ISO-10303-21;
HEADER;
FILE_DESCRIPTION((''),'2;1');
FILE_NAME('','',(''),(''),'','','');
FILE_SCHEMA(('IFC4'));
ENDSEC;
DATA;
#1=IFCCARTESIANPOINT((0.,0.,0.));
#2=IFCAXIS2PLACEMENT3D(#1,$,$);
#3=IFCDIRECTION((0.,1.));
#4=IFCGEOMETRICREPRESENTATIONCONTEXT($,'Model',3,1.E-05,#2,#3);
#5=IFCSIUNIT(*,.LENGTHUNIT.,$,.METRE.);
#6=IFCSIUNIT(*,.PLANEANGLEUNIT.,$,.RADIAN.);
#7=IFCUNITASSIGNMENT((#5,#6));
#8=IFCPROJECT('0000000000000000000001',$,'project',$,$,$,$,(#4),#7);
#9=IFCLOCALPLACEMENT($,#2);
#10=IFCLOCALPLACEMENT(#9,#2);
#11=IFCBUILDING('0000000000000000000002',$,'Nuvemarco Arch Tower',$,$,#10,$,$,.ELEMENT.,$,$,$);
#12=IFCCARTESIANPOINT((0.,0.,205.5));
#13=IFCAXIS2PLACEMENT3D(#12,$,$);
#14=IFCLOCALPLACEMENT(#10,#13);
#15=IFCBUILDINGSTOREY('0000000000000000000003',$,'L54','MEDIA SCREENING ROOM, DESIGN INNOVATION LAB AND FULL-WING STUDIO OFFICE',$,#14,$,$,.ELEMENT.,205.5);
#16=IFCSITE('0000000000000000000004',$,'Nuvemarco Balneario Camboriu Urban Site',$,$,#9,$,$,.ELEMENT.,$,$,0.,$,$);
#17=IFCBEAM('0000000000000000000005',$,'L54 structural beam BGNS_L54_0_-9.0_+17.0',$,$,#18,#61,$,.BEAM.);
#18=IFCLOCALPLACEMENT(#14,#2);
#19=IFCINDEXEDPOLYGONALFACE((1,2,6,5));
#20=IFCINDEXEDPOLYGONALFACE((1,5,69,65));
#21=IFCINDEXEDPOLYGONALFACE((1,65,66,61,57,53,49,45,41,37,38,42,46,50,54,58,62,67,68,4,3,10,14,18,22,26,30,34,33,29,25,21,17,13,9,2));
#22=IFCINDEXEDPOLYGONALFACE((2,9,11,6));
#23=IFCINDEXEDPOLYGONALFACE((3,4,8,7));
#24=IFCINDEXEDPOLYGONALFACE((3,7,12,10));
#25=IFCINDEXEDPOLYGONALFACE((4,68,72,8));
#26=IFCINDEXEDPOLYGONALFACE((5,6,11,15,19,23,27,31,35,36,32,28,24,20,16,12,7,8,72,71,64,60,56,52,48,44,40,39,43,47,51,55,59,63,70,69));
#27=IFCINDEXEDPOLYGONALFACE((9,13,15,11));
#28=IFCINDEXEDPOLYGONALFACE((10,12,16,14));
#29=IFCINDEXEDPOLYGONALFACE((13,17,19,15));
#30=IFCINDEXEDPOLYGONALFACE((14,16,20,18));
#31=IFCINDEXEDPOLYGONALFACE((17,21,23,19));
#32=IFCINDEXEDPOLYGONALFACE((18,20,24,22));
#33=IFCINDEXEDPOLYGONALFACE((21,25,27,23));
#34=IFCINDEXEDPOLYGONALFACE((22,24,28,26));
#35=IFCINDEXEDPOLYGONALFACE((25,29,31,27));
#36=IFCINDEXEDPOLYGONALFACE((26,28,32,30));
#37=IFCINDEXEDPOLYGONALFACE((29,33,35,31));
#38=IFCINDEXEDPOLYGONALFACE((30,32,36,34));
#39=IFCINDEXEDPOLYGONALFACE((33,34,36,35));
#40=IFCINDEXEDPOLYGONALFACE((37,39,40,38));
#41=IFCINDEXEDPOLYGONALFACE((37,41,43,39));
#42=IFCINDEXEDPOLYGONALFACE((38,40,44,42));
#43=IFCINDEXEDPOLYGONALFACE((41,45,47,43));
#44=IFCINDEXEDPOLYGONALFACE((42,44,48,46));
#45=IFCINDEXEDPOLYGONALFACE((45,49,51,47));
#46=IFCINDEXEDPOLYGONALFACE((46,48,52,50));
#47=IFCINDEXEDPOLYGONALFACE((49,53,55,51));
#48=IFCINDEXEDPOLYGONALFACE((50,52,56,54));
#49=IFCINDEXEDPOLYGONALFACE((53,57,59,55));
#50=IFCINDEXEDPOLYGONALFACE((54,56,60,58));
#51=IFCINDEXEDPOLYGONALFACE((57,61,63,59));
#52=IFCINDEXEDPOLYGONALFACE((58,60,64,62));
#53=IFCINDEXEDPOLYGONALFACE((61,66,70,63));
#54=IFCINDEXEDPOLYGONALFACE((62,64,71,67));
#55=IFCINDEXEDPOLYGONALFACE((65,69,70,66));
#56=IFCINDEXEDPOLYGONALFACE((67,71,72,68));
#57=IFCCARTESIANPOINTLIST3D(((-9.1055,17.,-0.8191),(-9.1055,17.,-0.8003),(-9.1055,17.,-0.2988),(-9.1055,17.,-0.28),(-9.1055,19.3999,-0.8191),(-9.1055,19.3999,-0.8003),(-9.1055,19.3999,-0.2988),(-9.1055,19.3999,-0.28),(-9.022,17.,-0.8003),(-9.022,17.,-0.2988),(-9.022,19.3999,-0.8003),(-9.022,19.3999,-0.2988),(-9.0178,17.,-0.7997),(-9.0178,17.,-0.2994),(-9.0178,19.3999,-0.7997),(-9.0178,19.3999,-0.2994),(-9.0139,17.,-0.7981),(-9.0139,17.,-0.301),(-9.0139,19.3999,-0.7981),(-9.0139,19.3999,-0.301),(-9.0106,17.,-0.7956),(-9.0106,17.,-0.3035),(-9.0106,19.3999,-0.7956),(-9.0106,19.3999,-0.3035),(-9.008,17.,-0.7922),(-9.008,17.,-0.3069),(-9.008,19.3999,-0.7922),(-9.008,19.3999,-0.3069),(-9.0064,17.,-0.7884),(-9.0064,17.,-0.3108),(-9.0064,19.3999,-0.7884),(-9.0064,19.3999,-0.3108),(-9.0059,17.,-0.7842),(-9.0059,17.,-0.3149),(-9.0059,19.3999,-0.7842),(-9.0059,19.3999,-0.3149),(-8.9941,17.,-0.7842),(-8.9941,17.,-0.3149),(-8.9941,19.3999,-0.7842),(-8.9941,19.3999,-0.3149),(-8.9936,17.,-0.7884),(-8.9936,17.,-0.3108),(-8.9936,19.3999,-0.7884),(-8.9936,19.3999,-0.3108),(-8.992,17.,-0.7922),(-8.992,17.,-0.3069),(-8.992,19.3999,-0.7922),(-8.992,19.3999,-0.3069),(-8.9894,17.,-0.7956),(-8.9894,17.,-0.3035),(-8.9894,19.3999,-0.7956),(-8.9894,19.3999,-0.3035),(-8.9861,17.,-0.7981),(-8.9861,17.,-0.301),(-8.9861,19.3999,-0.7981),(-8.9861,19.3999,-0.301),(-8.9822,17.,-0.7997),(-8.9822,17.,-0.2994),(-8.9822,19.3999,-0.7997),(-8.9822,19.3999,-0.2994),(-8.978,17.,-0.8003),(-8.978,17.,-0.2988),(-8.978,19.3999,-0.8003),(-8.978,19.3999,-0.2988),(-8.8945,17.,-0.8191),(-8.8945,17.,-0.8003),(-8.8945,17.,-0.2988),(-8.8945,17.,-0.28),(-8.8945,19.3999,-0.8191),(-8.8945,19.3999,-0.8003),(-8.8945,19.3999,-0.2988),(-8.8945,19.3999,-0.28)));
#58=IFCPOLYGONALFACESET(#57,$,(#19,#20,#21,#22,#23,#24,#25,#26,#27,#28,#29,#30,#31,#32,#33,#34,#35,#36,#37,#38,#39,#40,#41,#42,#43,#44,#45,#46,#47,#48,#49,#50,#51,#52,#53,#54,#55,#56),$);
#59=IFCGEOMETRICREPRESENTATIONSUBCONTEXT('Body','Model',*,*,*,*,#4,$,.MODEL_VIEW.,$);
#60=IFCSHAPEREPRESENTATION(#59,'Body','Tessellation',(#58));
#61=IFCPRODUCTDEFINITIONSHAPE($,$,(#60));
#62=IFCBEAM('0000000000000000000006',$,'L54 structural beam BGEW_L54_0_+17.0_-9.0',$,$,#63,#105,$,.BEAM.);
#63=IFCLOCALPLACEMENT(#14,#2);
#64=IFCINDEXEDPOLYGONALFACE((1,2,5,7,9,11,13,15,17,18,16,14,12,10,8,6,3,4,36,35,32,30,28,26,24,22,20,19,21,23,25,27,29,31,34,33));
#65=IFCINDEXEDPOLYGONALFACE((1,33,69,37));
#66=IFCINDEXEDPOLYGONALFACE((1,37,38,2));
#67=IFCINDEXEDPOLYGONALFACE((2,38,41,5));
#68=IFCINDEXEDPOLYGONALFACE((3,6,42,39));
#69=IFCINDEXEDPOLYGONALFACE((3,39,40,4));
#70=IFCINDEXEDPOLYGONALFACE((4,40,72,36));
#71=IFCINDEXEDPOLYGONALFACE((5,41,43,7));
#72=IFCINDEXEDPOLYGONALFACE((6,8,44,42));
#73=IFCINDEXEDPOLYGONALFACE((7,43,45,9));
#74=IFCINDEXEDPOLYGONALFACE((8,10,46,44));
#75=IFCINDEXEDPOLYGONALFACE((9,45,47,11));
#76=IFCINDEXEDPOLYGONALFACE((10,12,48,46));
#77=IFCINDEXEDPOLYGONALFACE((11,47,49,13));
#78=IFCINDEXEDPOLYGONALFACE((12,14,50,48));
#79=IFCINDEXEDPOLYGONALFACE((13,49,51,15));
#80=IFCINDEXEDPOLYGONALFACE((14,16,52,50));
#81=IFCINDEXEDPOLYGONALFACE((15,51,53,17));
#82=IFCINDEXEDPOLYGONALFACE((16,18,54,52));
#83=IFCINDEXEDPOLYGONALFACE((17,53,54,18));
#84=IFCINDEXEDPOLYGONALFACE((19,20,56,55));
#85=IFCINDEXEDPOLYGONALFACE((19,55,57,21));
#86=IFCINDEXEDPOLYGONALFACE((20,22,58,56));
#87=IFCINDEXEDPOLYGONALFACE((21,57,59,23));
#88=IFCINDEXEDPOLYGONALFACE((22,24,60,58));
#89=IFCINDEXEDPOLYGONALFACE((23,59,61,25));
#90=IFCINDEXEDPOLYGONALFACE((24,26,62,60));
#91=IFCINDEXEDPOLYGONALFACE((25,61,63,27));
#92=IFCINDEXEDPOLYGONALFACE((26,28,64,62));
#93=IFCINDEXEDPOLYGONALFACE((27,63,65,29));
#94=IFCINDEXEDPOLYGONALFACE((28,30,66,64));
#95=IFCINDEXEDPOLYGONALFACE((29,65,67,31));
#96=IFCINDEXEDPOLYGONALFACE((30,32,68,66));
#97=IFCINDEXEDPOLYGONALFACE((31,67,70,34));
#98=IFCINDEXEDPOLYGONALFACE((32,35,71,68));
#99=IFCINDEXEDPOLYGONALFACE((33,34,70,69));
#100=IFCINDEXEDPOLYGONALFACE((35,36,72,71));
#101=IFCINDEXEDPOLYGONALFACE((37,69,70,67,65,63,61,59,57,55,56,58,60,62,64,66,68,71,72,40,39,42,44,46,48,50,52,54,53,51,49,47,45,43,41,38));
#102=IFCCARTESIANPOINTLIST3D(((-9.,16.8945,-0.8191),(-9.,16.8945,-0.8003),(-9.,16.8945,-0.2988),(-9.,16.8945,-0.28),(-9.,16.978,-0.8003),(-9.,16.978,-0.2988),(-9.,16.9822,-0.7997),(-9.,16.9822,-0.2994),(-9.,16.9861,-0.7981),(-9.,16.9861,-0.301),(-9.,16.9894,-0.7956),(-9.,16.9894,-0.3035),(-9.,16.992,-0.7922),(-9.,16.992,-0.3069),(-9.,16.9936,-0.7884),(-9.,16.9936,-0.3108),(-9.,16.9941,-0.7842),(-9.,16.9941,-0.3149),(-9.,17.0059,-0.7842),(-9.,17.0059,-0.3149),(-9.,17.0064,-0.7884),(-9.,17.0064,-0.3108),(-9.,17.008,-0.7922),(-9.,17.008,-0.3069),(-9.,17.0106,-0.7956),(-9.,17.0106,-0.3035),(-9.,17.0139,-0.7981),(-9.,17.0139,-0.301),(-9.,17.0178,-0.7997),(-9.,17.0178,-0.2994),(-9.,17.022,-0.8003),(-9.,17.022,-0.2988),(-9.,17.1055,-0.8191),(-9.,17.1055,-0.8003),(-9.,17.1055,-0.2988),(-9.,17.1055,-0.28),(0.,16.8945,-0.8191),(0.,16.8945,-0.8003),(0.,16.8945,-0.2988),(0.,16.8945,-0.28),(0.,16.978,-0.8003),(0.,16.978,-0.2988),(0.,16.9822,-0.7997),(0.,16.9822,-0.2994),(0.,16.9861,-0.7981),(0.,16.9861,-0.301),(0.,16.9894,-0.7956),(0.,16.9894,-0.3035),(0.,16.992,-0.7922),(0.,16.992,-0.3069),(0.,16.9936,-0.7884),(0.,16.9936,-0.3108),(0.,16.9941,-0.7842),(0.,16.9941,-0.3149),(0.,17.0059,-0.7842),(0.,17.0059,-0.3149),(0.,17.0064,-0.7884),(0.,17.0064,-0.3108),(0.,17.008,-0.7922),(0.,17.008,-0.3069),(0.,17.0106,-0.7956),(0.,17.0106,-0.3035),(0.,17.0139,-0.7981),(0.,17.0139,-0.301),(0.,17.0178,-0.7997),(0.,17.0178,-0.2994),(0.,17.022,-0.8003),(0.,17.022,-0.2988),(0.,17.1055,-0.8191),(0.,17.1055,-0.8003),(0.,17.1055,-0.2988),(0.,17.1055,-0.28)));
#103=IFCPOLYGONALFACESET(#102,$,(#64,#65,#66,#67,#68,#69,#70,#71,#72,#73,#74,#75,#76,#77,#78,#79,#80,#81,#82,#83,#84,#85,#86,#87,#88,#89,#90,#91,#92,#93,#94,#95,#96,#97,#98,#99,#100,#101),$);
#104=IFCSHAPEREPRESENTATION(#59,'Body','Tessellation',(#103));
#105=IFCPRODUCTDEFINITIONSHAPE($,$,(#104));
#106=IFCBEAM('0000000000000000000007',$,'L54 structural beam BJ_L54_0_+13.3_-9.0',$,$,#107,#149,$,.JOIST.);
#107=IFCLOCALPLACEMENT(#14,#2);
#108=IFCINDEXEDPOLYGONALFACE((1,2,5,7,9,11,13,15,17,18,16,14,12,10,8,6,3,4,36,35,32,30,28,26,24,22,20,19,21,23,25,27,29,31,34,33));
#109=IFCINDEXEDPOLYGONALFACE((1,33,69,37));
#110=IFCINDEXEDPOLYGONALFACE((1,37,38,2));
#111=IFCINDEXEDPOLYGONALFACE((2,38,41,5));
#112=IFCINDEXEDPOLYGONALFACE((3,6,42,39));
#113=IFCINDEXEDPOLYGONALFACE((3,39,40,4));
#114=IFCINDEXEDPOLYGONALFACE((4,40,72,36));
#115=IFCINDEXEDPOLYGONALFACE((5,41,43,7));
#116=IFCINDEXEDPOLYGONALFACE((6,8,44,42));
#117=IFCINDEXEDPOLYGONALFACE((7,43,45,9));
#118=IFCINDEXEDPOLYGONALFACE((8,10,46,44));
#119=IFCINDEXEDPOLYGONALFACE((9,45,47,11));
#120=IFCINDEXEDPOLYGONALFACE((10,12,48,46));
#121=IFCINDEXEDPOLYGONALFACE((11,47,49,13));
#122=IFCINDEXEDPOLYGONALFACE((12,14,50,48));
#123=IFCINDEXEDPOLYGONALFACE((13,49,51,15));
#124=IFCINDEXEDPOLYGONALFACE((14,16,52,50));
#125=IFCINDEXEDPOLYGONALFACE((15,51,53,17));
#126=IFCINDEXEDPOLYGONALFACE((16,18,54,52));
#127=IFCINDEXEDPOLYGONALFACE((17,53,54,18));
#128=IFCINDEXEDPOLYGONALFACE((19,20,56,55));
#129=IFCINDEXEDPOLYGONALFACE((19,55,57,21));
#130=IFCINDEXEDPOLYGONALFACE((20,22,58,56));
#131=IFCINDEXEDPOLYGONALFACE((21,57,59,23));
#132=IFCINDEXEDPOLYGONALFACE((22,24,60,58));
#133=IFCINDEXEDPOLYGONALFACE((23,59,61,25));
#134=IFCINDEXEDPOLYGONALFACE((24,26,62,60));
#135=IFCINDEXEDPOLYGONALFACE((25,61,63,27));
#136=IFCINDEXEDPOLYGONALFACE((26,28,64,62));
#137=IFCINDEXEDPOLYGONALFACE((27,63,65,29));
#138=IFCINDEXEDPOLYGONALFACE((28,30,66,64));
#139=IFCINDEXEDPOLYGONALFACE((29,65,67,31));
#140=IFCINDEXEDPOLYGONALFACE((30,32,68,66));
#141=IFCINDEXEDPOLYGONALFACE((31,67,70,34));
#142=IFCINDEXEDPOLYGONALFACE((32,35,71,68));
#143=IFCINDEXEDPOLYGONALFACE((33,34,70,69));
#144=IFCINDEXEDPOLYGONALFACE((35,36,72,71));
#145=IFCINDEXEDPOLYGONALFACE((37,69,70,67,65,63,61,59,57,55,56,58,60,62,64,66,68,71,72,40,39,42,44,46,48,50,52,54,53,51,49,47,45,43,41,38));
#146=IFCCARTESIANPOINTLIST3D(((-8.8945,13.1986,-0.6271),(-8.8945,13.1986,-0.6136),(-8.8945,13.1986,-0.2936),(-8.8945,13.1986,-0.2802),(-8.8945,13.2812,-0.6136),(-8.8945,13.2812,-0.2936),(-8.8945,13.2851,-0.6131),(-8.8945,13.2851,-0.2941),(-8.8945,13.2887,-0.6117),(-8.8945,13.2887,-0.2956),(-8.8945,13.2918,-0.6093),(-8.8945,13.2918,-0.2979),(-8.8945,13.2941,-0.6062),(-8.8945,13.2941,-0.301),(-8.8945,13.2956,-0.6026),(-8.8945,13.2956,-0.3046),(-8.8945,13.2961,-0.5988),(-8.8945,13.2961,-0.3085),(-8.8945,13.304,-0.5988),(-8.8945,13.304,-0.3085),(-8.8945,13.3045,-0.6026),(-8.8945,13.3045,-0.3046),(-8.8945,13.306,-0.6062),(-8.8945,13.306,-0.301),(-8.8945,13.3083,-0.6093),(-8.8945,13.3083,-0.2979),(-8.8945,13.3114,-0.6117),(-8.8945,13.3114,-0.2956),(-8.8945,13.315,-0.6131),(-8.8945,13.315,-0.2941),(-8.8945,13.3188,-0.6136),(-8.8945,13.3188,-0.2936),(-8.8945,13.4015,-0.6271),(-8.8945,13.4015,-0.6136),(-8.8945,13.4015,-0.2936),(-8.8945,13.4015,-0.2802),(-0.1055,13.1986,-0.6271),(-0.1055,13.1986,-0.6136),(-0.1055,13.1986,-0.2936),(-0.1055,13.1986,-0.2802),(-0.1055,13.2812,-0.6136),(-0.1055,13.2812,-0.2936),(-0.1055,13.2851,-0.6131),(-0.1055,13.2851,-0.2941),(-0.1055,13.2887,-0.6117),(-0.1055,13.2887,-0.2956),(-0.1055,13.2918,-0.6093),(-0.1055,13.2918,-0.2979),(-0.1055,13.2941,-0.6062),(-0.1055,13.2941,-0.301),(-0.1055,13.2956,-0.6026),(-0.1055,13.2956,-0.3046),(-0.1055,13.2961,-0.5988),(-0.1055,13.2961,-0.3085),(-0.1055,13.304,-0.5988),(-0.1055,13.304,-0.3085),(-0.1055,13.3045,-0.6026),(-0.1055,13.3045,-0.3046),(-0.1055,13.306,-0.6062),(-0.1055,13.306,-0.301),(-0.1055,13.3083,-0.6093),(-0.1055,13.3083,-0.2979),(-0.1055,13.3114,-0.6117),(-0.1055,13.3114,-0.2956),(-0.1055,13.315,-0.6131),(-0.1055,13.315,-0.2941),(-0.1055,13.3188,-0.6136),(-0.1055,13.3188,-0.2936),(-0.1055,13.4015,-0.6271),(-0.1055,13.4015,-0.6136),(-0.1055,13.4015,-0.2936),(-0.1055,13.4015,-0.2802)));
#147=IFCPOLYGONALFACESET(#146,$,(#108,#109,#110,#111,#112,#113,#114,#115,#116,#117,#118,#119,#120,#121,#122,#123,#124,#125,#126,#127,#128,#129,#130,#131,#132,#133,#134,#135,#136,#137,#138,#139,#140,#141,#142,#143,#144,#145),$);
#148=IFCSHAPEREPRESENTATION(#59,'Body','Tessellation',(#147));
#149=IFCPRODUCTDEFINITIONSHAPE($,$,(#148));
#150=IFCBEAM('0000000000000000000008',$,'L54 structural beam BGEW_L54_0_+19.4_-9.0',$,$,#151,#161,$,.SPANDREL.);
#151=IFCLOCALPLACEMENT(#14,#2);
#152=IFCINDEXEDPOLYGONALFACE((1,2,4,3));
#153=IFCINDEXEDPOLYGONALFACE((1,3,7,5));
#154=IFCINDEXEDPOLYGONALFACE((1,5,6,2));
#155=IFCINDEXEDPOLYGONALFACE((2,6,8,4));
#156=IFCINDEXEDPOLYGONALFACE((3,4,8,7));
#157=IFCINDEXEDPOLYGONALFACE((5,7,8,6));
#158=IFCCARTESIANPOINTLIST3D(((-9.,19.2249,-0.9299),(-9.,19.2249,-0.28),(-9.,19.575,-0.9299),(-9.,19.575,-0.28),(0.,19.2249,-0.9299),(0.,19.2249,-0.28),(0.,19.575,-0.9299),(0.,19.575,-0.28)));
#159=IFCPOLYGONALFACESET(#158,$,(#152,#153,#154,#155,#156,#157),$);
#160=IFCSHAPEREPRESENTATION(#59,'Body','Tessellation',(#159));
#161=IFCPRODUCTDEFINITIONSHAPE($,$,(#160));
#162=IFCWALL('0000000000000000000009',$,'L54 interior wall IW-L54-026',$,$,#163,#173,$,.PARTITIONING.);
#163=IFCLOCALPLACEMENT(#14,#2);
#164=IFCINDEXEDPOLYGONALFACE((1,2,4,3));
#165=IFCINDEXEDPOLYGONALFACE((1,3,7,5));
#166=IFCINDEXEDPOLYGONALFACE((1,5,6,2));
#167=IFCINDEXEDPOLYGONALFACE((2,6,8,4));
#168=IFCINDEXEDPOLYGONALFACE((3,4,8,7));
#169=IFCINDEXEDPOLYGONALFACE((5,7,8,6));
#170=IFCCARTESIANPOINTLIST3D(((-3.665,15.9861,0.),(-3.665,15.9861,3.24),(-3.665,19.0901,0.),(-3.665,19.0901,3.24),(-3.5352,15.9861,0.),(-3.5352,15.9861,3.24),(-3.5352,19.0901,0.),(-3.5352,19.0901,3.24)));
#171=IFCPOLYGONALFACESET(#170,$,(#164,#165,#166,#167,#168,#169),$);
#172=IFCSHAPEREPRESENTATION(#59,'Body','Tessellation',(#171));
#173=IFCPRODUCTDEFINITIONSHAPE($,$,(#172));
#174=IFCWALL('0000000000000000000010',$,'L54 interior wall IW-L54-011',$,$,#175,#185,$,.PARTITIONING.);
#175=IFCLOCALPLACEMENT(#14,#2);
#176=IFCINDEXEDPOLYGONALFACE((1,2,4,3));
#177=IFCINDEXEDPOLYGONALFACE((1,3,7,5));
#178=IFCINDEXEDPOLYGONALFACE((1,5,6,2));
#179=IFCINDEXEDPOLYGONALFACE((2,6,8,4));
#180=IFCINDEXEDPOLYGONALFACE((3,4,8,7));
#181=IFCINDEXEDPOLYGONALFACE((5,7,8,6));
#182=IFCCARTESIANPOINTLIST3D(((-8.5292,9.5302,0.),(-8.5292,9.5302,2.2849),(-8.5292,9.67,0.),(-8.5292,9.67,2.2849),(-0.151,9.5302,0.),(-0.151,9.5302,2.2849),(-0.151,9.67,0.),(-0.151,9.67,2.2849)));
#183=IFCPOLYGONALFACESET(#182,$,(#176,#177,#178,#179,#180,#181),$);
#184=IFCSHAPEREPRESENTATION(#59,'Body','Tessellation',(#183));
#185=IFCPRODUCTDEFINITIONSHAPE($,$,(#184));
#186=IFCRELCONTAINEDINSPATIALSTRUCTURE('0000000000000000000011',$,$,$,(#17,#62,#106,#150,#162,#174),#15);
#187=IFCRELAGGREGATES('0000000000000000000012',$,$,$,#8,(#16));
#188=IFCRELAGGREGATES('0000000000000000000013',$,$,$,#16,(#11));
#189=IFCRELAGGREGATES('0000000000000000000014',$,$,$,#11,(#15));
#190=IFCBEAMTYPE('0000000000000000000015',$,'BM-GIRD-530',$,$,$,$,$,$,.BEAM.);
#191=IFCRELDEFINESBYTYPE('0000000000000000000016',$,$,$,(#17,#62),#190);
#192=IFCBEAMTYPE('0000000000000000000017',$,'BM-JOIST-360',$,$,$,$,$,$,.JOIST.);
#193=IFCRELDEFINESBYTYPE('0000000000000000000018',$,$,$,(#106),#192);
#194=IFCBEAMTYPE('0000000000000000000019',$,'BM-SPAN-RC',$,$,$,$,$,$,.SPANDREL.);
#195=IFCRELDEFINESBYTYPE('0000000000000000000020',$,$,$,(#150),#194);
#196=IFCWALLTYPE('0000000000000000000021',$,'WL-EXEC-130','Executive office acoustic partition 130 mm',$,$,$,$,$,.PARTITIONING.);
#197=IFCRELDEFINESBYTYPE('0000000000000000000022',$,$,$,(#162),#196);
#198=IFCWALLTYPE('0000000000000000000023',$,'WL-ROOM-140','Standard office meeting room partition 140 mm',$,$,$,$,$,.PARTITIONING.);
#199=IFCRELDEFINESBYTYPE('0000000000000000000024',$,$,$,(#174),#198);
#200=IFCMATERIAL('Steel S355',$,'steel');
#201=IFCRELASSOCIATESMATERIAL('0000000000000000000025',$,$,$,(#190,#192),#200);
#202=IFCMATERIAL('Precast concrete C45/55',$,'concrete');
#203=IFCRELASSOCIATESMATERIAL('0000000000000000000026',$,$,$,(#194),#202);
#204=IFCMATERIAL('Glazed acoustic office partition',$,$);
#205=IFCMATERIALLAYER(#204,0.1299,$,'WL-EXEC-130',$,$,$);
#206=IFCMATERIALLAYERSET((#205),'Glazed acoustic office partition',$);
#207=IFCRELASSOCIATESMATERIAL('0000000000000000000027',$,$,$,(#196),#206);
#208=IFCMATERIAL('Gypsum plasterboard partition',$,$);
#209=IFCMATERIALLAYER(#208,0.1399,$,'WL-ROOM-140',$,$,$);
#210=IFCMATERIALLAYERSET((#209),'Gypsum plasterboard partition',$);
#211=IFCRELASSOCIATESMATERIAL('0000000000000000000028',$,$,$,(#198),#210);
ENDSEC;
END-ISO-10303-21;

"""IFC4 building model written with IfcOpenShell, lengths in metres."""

from ifc_helpers import new_model, si_unit, direction, frame, frame_2d, origin, origin_2d, place, context, subcontext, project, spatial, rectangle, i_section, extrude, material, layer, layer_set, material_profile, profile_set, type_object, element, save


model = new_model("IFC4")

# Units and contexts
model_context = context("Model", 3, precision=1e-05, world=origin(), true_north=direction((0.0, 1.0)))
body_context = subcontext(model_context, "Body", "Model", "MODEL_VIEW")
ifc_project = project(units=[si_unit("LENGTHUNIT", "METRE"), si_unit("PLANEANGLEUNIT", "RADIAN")], contexts=[model_context])

# Site, building, storey
site_placement = place(None, origin())
site = spatial("IfcSite", under=ifc_project, at=site_placement, Name="Nuvemarco Balneario Camboriu Urban Site", CompositionType="ELEMENT", RefElevation=0.0)
building_placement = place(site_placement, origin())
building = spatial("IfcBuilding", under=site, at=building_placement, Name="Nuvemarco Arch Tower", CompositionType="ELEMENT")
storey_placement = place(building_placement, frame((0.0, 0.0, 205.5)))
storey = spatial("IfcBuildingStorey", under=building, at=storey_placement, Name="L54", Description="MEDIA SCREENING ROOM, DESIGN INNOVATION LAB AND FULL-WING STUDIO OFFICE", CompositionType="ELEMENT", Elevation=205.5)

# Shared definitions
ifc_material_1 = material(Name="Steel S355", Category="steel")

# Beams
ifc_material_profile_1 = material_profile(ifc_material_1, i_section(OverallWidth=0.2109, OverallDepth=0.5391, WebThickness=0.0117, FlangeThickness=0.0188, FilletRadius=0.0161, at=origin_2d()), Name="W530x109")
ifc_profile_set_1 = profile_set([ifc_material_profile_1], Name="Steel S355")
beam_type_1 = type_object("IfcBeamType", Name="BM-GIRD-530", PredefinedType="BEAM", material=ifc_profile_set_1)
beam_1_placement = place(storey_placement, frame((-9.0, 17.0, -0.5496), z_axis=(0.0, 1.0, 0.0), x_axis=(-1.0, 0.0, 0.0)))
element("IfcBeam", 1, at=beam_1_placement, inside=storey, type_object=beam_type_1, Name="L54 structural beam BGNS_L54_0_-9.0_+17.0", PredefinedType="BEAM", context=body_context, shape_type="SweptSolid", body=[
    extrude(i_section(OverallWidth=0.2109, OverallDepth=0.5391, WebThickness=0.0117, FlangeThickness=0.0188, FilletRadius=0.0161, at=origin_2d()), origin(), (0.0, 0.0, 1.0), 2.3999),
])
beam_2_placement = place(storey_placement, frame((-9.0, 17.0, -0.5496), z_axis=(1.0, 0.0, 0.0), x_axis=(0.0, 1.0, 0.0)))
element("IfcBeam", 2, at=beam_2_placement, inside=storey, type_object=beam_type_1, Name="L54 structural beam BGEW_L54_0_+17.0_-9.0", PredefinedType="BEAM", context=body_context, shape_type="SweptSolid", body=[
    extrude(i_section(OverallWidth=0.2109, OverallDepth=0.5391, WebThickness=0.0117, FlangeThickness=0.0188, FilletRadius=0.0161, at=origin_2d()), origin(), (0.0, 0.0, 1.0), 9.0),
])
ifc_material_profile_2 = material_profile(ifc_material_1, i_section(OverallWidth=0.2029, OverallDepth=0.3469, WebThickness=0.0078, FlangeThickness=0.0134, FilletRadius=0.0149, at=origin_2d()), Name="W360x64")
ifc_profile_set_2 = profile_set([ifc_material_profile_2], Name="Steel S355")
beam_type_2 = type_object("IfcBeamType", Name="BM-JOIST-360", PredefinedType="JOIST", material=ifc_profile_set_2)
beam_3_placement = place(storey_placement, frame((-8.8945, 13.3, -0.4536), z_axis=(1.0, 0.0, 0.0), x_axis=(0.0, 1.0, 0.0)))
element("IfcBeam", 3, at=beam_3_placement, inside=storey, type_object=beam_type_2, Name="L54 structural beam BJ_L54_0_+13.3_-9.0", PredefinedType="JOIST", context=body_context, shape_type="SweptSolid", body=[
    extrude(i_section(OverallWidth=0.2029, OverallDepth=0.3469, WebThickness=0.0078, FlangeThickness=0.0134, FilletRadius=0.0149, at=origin_2d()), origin(), (0.0, 0.0, 1.0), 8.7891),
])
ifc_material_2 = material(Name="Precast concrete C45/55", Category="concrete")
ifc_material_profile_3 = material_profile(ifc_material_2, rectangle(XDim=0.3501, YDim=0.6499, at=origin_2d()), Name="PC-SP-350x650")
ifc_profile_set_3 = profile_set([ifc_material_profile_3], Name="Precast concrete C45/55")
beam_type_3 = type_object("IfcBeamType", Name="BM-SPAN-RC", PredefinedType="SPANDREL", material=ifc_profile_set_3)
beam_4_placement = place(storey_placement, frame((-9.0, 19.3999, -0.605), z_axis=(1.0, 0.0, 0.0), x_axis=(0.0, 1.0, 0.0)))
element("IfcBeam", 4, at=beam_4_placement, inside=storey, type_object=beam_type_3, Name="L54 structural beam BGEW_L54_0_+19.4_-9.0", PredefinedType="SPANDREL", context=body_context, shape_type="SweptSolid", body=[
    extrude(rectangle(XDim=0.3501, YDim=0.6499, at=origin_2d()), origin(), (0.0, 0.0, 1.0), 9.0),
])

# Walls
ifc_material_3 = material(Name="Glazed acoustic office partition")
ifc_layer_1 = layer(ifc_material_3, 0.1299, Name="WL-EXEC-130")
ifc_layer_set_1 = layer_set([ifc_layer_1], Name="Glazed acoustic office partition")
wall_type_1 = type_object("IfcWallType", Name="WL-EXEC-130", Description="Executive office acoustic partition 130 mm", PredefinedType="PARTITIONING", material=ifc_layer_set_1)
wall_1_placement = place(storey_placement, frame((-3.6001, 15.9861, 0.0), z_axis=(0.0, 0.0, 1.0), x_axis=(0.0, 1.0, 0.0)))
element("IfcWall", 5, at=wall_1_placement, inside=storey, type_object=wall_type_1, Name="L54 interior wall IW-L54-026", PredefinedType="PARTITIONING", context=body_context, shape_type="SweptSolid", body=[
    extrude(rectangle(XDim=3.104, YDim=0.1299, at=frame_2d((1.552, 0.0))), origin(), (0.0, 0.0, 1.0), 3.24),
])
ifc_material_4 = material(Name="Gypsum plasterboard partition")
ifc_layer_2 = layer(ifc_material_4, 0.1399, Name="WL-ROOM-140")
ifc_layer_set_2 = layer_set([ifc_layer_2], Name="Gypsum plasterboard partition")
wall_type_2 = type_object("IfcWallType", Name="WL-ROOM-140", Description="Standard office meeting room partition 140 mm", PredefinedType="PARTITIONING", material=ifc_layer_set_2)
wall_2_placement = place(storey_placement, frame((-8.5291, 9.6001, 0.0), z_axis=(0.0, 0.0, 1.0), x_axis=(1.0, 0.0, 0.0)))
element("IfcWall", 6, at=wall_2_placement, inside=storey, type_object=wall_type_2, Name="L54 interior wall IW-L54-011", PredefinedType="PARTITIONING", context=body_context, shape_type="SweptSolid", body=[
    extrude(rectangle(XDim=8.3782, YDim=0.1399, at=frame_2d((4.189, 0.0))), origin(), (0.0, 0.0, 1.0), 2.2849),
])

save(model, "model.ifc")
